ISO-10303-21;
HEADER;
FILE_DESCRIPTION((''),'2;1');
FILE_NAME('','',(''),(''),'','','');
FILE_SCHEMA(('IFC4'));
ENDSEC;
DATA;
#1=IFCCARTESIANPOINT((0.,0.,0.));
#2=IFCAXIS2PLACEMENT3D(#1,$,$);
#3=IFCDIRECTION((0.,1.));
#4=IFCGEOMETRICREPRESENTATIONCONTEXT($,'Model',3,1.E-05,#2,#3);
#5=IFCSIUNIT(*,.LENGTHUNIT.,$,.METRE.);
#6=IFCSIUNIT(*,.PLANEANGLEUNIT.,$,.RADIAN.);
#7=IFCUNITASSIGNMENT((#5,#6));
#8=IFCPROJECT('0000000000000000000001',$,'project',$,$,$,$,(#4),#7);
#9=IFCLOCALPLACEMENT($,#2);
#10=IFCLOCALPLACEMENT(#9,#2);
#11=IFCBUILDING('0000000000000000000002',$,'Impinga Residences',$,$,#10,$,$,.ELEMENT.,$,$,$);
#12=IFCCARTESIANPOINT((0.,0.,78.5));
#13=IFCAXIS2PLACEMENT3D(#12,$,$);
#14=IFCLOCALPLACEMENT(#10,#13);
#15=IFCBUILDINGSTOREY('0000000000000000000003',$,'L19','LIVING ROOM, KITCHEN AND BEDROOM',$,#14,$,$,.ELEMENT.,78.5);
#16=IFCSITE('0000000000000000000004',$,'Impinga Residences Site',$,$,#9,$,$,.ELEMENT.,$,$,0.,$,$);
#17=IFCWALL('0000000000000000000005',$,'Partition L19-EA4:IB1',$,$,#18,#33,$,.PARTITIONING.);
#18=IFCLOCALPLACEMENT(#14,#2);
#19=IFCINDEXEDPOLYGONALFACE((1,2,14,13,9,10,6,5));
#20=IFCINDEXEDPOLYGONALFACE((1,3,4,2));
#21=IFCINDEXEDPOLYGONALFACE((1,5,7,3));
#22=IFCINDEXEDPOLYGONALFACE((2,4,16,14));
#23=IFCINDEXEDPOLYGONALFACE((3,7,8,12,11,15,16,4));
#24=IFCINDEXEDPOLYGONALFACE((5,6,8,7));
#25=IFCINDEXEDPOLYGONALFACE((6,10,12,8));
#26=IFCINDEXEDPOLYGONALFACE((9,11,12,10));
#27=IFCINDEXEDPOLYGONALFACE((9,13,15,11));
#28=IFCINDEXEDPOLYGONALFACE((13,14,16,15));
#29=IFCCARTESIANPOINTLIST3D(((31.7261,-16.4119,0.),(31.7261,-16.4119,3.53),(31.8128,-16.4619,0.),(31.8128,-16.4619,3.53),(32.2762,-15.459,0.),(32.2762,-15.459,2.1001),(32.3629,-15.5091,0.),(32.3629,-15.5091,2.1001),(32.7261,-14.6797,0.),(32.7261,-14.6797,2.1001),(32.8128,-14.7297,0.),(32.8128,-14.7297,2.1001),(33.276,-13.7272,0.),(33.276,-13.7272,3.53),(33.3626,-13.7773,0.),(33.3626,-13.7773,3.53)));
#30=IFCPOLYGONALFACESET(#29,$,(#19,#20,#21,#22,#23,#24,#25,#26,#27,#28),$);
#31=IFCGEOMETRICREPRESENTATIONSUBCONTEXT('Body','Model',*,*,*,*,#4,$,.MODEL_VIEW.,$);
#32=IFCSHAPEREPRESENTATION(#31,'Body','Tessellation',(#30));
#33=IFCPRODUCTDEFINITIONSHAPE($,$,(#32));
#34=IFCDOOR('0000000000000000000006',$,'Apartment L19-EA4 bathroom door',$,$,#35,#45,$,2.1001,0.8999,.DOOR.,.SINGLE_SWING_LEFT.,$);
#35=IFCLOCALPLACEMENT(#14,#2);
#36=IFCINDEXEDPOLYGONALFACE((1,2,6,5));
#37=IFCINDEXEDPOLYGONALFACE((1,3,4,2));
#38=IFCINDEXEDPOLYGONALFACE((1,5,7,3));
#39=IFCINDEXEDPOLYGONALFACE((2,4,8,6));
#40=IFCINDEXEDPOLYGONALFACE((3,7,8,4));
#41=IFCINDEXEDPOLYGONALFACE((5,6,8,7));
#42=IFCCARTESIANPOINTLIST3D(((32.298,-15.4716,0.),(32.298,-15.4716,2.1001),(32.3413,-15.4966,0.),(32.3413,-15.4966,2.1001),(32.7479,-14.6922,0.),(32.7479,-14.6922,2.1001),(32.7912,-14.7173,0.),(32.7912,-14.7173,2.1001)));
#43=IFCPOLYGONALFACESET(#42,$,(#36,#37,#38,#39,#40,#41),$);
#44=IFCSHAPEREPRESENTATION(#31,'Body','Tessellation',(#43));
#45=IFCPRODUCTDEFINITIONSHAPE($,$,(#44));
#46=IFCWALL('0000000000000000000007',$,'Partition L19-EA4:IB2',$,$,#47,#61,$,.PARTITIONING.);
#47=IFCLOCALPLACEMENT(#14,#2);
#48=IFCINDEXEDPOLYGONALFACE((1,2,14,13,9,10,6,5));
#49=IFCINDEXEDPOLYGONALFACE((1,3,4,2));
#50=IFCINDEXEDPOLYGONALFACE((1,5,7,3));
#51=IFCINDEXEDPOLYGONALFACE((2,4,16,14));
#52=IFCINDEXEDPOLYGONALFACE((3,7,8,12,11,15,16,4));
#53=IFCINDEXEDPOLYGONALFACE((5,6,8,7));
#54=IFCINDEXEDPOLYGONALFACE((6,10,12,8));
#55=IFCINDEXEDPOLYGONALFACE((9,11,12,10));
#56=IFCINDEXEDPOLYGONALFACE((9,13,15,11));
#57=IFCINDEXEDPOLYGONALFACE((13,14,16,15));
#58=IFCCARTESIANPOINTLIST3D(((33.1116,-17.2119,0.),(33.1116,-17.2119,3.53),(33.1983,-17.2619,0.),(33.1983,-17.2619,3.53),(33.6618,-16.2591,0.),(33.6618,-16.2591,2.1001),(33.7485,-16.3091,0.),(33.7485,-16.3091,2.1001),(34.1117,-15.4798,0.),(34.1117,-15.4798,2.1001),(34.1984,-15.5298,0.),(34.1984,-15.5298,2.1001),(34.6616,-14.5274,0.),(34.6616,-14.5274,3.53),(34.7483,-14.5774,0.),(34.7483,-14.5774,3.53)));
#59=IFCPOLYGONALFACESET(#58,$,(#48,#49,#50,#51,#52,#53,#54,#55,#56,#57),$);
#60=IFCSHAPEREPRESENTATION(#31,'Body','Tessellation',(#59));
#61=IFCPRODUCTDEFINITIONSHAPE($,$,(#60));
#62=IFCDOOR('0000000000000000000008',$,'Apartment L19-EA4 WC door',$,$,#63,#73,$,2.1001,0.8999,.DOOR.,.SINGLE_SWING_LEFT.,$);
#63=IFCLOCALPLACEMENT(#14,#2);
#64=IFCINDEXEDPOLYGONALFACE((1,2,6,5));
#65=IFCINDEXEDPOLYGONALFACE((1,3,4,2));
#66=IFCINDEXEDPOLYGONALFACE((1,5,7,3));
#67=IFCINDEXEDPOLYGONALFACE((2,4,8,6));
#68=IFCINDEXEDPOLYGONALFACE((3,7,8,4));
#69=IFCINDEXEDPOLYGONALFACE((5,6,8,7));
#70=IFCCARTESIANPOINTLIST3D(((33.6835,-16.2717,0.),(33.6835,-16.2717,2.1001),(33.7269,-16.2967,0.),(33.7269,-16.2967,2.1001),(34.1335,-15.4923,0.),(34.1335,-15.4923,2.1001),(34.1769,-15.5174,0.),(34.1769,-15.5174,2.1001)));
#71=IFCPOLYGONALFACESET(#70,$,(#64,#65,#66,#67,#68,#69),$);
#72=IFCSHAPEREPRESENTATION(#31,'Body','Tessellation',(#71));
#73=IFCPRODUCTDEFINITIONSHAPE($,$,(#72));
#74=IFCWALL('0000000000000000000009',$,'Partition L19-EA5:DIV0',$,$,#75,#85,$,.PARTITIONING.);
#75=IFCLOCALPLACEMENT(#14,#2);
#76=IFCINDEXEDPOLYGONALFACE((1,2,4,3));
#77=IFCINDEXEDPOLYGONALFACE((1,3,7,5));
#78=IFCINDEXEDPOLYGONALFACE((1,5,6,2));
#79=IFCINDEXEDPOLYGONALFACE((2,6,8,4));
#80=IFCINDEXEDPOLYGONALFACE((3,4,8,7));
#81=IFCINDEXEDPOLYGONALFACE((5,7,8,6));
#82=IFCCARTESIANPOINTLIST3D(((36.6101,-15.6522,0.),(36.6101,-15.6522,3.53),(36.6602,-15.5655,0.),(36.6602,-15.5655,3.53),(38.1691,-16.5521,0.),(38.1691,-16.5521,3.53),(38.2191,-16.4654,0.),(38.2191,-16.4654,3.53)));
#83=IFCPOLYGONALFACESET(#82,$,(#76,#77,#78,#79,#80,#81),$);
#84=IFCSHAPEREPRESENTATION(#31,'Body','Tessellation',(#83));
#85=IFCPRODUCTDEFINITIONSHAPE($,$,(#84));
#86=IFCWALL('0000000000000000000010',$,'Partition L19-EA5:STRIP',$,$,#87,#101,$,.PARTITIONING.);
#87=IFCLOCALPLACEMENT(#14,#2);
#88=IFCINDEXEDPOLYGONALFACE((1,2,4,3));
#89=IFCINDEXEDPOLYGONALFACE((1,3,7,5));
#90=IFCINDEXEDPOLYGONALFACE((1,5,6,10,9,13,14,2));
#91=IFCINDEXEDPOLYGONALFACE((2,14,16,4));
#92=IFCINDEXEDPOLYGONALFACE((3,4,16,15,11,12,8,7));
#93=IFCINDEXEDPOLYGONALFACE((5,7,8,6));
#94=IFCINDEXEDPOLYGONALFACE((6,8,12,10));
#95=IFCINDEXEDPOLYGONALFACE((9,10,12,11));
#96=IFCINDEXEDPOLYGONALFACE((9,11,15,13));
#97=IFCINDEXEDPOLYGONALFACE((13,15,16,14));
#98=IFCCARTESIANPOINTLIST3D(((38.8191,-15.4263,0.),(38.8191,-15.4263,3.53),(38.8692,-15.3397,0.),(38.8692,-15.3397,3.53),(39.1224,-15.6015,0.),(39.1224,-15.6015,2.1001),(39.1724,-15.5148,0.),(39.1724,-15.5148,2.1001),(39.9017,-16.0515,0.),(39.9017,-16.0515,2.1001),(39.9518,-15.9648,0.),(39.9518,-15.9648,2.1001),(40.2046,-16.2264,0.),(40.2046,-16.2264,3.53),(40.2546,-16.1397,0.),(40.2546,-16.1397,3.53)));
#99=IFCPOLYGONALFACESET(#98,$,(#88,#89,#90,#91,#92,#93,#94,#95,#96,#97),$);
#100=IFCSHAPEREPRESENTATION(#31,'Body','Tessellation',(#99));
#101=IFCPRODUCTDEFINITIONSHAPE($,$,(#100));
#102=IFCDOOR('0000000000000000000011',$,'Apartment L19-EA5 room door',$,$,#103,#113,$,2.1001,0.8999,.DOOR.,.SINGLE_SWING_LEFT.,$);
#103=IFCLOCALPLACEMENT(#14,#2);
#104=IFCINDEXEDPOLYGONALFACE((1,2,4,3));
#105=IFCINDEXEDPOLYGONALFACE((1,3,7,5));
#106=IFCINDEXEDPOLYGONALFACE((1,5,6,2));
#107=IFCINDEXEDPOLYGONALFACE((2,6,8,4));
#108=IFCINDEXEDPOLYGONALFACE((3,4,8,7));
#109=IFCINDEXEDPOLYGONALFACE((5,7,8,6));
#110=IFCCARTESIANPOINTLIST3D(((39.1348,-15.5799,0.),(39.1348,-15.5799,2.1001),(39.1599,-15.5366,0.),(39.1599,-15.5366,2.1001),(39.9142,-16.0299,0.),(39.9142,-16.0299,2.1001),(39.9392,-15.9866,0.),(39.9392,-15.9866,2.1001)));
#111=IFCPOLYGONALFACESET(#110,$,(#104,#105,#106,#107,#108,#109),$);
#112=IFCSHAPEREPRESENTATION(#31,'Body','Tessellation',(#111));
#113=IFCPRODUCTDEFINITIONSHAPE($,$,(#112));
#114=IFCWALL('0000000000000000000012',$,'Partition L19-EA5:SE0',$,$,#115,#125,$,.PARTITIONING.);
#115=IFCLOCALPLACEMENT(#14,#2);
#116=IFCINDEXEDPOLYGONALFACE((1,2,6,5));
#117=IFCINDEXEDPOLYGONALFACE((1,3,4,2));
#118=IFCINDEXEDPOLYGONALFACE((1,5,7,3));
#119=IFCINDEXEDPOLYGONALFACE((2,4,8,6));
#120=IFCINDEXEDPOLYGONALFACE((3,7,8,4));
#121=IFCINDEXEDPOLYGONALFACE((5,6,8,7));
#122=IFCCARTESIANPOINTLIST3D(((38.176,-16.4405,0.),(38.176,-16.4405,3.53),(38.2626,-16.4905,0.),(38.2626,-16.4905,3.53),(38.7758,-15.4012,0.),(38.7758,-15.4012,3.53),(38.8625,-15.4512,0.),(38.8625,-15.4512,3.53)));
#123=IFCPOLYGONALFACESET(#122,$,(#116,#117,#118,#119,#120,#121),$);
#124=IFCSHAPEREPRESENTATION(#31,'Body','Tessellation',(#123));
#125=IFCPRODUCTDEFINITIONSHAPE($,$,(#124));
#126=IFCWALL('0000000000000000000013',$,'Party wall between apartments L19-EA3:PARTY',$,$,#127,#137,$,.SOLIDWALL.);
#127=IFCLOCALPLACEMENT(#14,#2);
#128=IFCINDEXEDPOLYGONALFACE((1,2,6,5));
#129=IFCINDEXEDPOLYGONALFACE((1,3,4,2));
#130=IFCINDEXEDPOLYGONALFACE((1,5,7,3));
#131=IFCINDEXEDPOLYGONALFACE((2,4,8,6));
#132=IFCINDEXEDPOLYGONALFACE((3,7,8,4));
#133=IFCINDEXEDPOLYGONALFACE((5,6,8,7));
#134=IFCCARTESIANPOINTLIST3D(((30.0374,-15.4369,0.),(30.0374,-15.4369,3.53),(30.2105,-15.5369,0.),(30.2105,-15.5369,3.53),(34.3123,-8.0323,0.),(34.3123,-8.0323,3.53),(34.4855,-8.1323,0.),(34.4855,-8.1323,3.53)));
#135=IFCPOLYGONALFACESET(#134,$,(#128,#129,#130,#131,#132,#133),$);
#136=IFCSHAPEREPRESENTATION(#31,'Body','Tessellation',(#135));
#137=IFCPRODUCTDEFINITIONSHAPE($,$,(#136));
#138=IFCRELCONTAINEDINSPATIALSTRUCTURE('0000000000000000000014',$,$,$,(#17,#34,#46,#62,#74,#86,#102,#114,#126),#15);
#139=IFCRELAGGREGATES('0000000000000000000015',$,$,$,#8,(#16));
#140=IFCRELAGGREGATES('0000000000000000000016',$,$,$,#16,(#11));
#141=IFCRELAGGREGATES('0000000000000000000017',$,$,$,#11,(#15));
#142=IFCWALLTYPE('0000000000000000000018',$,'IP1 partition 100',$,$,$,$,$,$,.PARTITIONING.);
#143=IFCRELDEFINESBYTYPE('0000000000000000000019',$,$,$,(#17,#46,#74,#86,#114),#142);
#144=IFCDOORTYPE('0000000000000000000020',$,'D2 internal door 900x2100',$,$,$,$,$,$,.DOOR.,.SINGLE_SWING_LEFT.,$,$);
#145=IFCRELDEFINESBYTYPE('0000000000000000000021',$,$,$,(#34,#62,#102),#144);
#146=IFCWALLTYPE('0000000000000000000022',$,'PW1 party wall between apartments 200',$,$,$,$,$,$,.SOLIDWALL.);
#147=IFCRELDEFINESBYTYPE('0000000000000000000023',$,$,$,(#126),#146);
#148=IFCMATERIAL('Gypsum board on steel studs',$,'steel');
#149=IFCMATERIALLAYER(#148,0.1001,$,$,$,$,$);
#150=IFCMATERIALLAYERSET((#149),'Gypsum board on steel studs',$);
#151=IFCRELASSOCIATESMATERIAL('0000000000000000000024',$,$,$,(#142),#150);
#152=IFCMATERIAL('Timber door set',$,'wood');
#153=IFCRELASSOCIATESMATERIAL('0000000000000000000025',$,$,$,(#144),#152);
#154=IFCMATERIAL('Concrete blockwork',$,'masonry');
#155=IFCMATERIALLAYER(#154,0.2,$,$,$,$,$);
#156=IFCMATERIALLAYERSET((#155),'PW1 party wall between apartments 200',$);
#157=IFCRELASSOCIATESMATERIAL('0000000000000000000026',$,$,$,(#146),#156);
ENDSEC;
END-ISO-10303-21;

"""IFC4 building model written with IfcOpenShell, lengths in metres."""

from ifc_helpers import new_model, si_unit, direction, frame, frame_2d, origin, place, context, subcontext, project, spatial, rectangle, extrude, material, layer, layer_set, type_object, element, fill, save


model = new_model("IFC4")

# Units and contexts
model_context = context("Model", 3, precision=1e-05, world=origin(), true_north=direction((0.0, 1.0)))
body_context = subcontext(model_context, "Body", "Model", "MODEL_VIEW")
ifc_project = project(units=[si_unit("LENGTHUNIT", "METRE"), si_unit("PLANEANGLEUNIT", "RADIAN")], contexts=[model_context])

# Site, building, storey
site_placement = place(None, origin())
site = spatial("IfcSite", under=ifc_project, at=site_placement, Name="Impinga Residences Site", CompositionType="ELEMENT", RefElevation=0.0)
building_placement = place(site_placement, origin())
building = spatial("IfcBuilding", under=site, at=building_placement, Name="Impinga Residences", CompositionType="ELEMENT")
storey_placement = place(building_placement, frame((0.0, 0.0, 78.5)))
storey = spatial("IfcBuildingStorey", under=building, at=storey_placement, Name="L19", Description="LIVING ROOM, KITCHEN AND BEDROOM", CompositionType="ELEMENT", Elevation=78.5)

# Shared definitions
ifc_material_1 = material(Name="Gypsum board on steel studs", Category="steel")
ifc_layer_1 = layer(ifc_material_1, 0.1001)
ifc_layer_set_1 = layer_set([ifc_layer_1], Name="Gypsum board on steel studs")
wall_type_1 = type_object("IfcWallType", Name="IP1 partition 100", PredefinedType="PARTITIONING", material=ifc_layer_set_1)

# Shared definitions
ifc_material_2 = material(Name="Timber door set", Category="wood")
door_type = type_object("IfcDoorType", Name="D2 internal door 900x2100", OperationType="SINGLE_SWING_LEFT", PredefinedType="DOOR", material=ifc_material_2)

# Walls, openings, doors
wall_1_placement = place(storey_placement, frame((31.7695, -16.4368, 0.0), z_axis=(0.0, 0.0, 1.0), x_axis=(0.499968, 0.866044, 0.0)))
wall_1 = element("IfcWall", 1, at=wall_1_placement, inside=storey, type_object=wall_type_1, Name="Partition L19-EA4:IB1", PredefinedType="PARTITIONING", context=body_context, shape_type="SweptSolid", body=[
    extrude(rectangle(XDim=3.0999, YDim=0.1001, at=frame_2d((1.5498, 0.0))), origin(), (0.0, 0.0, 1.0), 3.53),
])
opening_1_placement = place(wall_1_placement, frame((1.1001, 0.0, 0.0)))
opening_1 = element("IfcOpeningElement", 2, at=opening_1_placement, cuts=wall_1, PredefinedType="OPENING", context=body_context, shape_type="SweptSolid", body=[
    extrude(rectangle(XDim=0.8999, YDim=2.1001, at=frame_2d((0.45, 1.05))), frame((0.0, 0.0601, 0.0), z_axis=(0.0, -1.0, 0.0), x_axis=(1.0, 0.0, 0.0)), (0.0, 0.0, 1.0), 0.1201),
])
door_1_placement = place(opening_1_placement, origin())
door_1 = element("IfcDoor", 3, at=door_1_placement, inside=storey, type_object=door_type, Name="Apartment L19-EA4 bathroom door", OperationType="SINGLE_SWING_LEFT", OverallHeight=2.1001, OverallWidth=0.8999, PredefinedType="DOOR", context=body_context, shape_type="SweptSolid", body=[
    extrude(rectangle(XDim=0.8999, YDim=2.1001, at=frame_2d((0.45, 1.05))), frame((0.0, 0.0249, 0.0), z_axis=(0.0, -1.0, 0.0), x_axis=(1.0, 0.0, 0.0)), (0.0, 0.0, 1.0), 0.05),
])
fill(opening_1, door_1)
wall_2_placement = place(storey_placement, frame((33.155, -17.2368, 0.0), z_axis=(0.0, 0.0, 1.0), x_axis=(0.500027, 0.86601, 0.0)))
wall_2 = element("IfcWall", 4, at=wall_2_placement, inside=storey, type_object=wall_type_1, Name="Partition L19-EA4:IB2", PredefinedType="PARTITIONING", context=body_context, shape_type="SweptSolid", body=[
    extrude(rectangle(XDim=3.0999, YDim=0.1001, at=frame_2d((1.5498, 0.0))), origin(), (0.0, 0.0, 1.0), 3.53),
])
opening_2_placement = place(wall_2_placement, frame((1.1001, 0.0, 0.0)))
opening_2 = element("IfcOpeningElement", 5, at=opening_2_placement, cuts=wall_2, PredefinedType="OPENING", context=body_context, shape_type="SweptSolid", body=[
    extrude(rectangle(XDim=0.8999, YDim=2.1001, at=frame_2d((0.45, 1.05))), frame((0.0, 0.0601, 0.0), z_axis=(0.0, -1.0, 0.0), x_axis=(1.0, 0.0, 0.0)), (0.0, 0.0, 1.0), 0.1201),
])
door_2_placement = place(opening_2_placement, origin())
door_2 = element("IfcDoor", 6, at=door_2_placement, inside=storey, type_object=door_type, Name="Apartment L19-EA4 WC door", OperationType="SINGLE_SWING_LEFT", OverallHeight=2.1001, OverallWidth=0.8999, PredefinedType="DOOR", context=body_context, shape_type="SweptSolid", body=[
    extrude(rectangle(XDim=0.8999, YDim=2.1001, at=frame_2d((0.45, 1.05))), frame((0.0, 0.0249, 0.0), z_axis=(0.0, -1.0, 0.0), x_axis=(1.0, 0.0, 0.0)), (0.0, 0.0, 1.0), 0.05),
])
fill(opening_2, door_2)

# Wall
wall_3_placement = place(storey_placement, frame((36.6353, -15.6089, 0.0), z_axis=(0.0, 0.0, 1.0), x_axis=(0.866048, -0.499961, 0.0)))
element("IfcWall", 7, at=wall_3_placement, inside=storey, type_object=wall_type_1, Name="Partition L19-EA5:DIV0", PredefinedType="PARTITIONING", context=body_context, shape_type="SweptSolid", body=[
    extrude(rectangle(XDim=1.8, YDim=0.1001, at=frame_2d((0.8999, 0.0))), origin(), (0.0, 0.0, 1.0), 3.53),
])

# Wall, opening, door
wall_4_placement = place(storey_placement, frame((38.8442, -15.3831, 0.0), z_axis=(0.0, 0.0, 1.0), x_axis=(0.86599, -0.500061, 0.0)))
wall_4 = element("IfcWall", 8, at=wall_4_placement, inside=storey, type_object=wall_type_1, Name="Partition L19-EA5:STRIP", PredefinedType="PARTITIONING", context=body_context, shape_type="SweptSolid", body=[
    extrude(rectangle(XDim=1.5999, YDim=0.1001, at=frame_2d((0.7998, 0.0))), origin(), (0.0, 0.0, 1.0), 3.53),
])
opening_3_placement = place(wall_4_placement, frame((0.3501, 0.0, 0.0)))
opening_3 = element("IfcOpeningElement", 9, at=opening_3_placement, cuts=wall_4, PredefinedType="OPENING", context=body_context, shape_type="SweptSolid", body=[
    extrude(rectangle(XDim=0.8999, YDim=2.1001, at=frame_2d((0.45, 1.05))), frame((0.0, 0.0601, 0.0), z_axis=(0.0, -1.0, 0.0), x_axis=(1.0, 0.0, 0.0)), (0.0, 0.0, 1.0), 0.1201),
])
door_3_placement = place(opening_3_placement, origin())
door_3 = element("IfcDoor", 10, at=door_3_placement, inside=storey, type_object=door_type, Name="Apartment L19-EA5 room door", OperationType="SINGLE_SWING_LEFT", OverallHeight=2.1001, OverallWidth=0.8999, PredefinedType="DOOR", context=body_context, shape_type="SweptSolid", body=[
    extrude(rectangle(XDim=0.8999, YDim=2.1001, at=frame_2d((0.45, 1.05))), frame((0.0, 0.0249, 0.0), z_axis=(0.0, -1.0, 0.0), x_axis=(1.0, 0.0, 0.0)), (0.0, 0.0, 1.0), 0.05),
])
fill(opening_3, door_3)

# Walls
wall_5_placement = place(storey_placement, frame((38.2192, -16.4656, 0.0), z_axis=(0.0, 0.0, 1.0), x_axis=(0.499881, 0.866094, 0.0)))
element("IfcWall", 11, at=wall_5_placement, inside=storey, type_object=wall_type_1, Name="Partition L19-EA5:SE0", PredefinedType="PARTITIONING", context=body_context, shape_type="SweptSolid", body=[
    extrude(rectangle(XDim=1.2, YDim=0.1001, at=frame_2d((0.6001, 0.0))), origin(), (0.0, 0.0, 1.0), 3.53),
])
ifc_material_3 = material(Name="Concrete blockwork", Category="masonry")
ifc_layer_2 = layer(ifc_material_3, 0.2)
ifc_layer_set_2 = layer_set([ifc_layer_2], Name="PW1 party wall between apartments 200")
wall_type_2 = type_object("IfcWallType", Name="PW1 party wall between apartments 200", PredefinedType="SOLIDWALL", material=ifc_layer_set_2)
wall_6_placement = place(storey_placement, frame((30.124, -15.4868, 0.0), z_axis=(0.0, 0.0, 1.0), x_axis=(0.49999, 0.866031, 0.0)))
element("IfcWall", 12, at=wall_6_placement, inside=storey, type_object=wall_type_2, Name="Party wall between apartments L19-EA3:PARTY", PredefinedType="SOLIDWALL", context=body_context, shape_type="SweptSolid", body=[
    extrude(rectangle(XDim=8.55, YDim=0.2, at=frame_2d((4.2749, 0.0))), origin(), (0.0, 0.0, 1.0), 3.53),
])

save(model, "model.ifc")
